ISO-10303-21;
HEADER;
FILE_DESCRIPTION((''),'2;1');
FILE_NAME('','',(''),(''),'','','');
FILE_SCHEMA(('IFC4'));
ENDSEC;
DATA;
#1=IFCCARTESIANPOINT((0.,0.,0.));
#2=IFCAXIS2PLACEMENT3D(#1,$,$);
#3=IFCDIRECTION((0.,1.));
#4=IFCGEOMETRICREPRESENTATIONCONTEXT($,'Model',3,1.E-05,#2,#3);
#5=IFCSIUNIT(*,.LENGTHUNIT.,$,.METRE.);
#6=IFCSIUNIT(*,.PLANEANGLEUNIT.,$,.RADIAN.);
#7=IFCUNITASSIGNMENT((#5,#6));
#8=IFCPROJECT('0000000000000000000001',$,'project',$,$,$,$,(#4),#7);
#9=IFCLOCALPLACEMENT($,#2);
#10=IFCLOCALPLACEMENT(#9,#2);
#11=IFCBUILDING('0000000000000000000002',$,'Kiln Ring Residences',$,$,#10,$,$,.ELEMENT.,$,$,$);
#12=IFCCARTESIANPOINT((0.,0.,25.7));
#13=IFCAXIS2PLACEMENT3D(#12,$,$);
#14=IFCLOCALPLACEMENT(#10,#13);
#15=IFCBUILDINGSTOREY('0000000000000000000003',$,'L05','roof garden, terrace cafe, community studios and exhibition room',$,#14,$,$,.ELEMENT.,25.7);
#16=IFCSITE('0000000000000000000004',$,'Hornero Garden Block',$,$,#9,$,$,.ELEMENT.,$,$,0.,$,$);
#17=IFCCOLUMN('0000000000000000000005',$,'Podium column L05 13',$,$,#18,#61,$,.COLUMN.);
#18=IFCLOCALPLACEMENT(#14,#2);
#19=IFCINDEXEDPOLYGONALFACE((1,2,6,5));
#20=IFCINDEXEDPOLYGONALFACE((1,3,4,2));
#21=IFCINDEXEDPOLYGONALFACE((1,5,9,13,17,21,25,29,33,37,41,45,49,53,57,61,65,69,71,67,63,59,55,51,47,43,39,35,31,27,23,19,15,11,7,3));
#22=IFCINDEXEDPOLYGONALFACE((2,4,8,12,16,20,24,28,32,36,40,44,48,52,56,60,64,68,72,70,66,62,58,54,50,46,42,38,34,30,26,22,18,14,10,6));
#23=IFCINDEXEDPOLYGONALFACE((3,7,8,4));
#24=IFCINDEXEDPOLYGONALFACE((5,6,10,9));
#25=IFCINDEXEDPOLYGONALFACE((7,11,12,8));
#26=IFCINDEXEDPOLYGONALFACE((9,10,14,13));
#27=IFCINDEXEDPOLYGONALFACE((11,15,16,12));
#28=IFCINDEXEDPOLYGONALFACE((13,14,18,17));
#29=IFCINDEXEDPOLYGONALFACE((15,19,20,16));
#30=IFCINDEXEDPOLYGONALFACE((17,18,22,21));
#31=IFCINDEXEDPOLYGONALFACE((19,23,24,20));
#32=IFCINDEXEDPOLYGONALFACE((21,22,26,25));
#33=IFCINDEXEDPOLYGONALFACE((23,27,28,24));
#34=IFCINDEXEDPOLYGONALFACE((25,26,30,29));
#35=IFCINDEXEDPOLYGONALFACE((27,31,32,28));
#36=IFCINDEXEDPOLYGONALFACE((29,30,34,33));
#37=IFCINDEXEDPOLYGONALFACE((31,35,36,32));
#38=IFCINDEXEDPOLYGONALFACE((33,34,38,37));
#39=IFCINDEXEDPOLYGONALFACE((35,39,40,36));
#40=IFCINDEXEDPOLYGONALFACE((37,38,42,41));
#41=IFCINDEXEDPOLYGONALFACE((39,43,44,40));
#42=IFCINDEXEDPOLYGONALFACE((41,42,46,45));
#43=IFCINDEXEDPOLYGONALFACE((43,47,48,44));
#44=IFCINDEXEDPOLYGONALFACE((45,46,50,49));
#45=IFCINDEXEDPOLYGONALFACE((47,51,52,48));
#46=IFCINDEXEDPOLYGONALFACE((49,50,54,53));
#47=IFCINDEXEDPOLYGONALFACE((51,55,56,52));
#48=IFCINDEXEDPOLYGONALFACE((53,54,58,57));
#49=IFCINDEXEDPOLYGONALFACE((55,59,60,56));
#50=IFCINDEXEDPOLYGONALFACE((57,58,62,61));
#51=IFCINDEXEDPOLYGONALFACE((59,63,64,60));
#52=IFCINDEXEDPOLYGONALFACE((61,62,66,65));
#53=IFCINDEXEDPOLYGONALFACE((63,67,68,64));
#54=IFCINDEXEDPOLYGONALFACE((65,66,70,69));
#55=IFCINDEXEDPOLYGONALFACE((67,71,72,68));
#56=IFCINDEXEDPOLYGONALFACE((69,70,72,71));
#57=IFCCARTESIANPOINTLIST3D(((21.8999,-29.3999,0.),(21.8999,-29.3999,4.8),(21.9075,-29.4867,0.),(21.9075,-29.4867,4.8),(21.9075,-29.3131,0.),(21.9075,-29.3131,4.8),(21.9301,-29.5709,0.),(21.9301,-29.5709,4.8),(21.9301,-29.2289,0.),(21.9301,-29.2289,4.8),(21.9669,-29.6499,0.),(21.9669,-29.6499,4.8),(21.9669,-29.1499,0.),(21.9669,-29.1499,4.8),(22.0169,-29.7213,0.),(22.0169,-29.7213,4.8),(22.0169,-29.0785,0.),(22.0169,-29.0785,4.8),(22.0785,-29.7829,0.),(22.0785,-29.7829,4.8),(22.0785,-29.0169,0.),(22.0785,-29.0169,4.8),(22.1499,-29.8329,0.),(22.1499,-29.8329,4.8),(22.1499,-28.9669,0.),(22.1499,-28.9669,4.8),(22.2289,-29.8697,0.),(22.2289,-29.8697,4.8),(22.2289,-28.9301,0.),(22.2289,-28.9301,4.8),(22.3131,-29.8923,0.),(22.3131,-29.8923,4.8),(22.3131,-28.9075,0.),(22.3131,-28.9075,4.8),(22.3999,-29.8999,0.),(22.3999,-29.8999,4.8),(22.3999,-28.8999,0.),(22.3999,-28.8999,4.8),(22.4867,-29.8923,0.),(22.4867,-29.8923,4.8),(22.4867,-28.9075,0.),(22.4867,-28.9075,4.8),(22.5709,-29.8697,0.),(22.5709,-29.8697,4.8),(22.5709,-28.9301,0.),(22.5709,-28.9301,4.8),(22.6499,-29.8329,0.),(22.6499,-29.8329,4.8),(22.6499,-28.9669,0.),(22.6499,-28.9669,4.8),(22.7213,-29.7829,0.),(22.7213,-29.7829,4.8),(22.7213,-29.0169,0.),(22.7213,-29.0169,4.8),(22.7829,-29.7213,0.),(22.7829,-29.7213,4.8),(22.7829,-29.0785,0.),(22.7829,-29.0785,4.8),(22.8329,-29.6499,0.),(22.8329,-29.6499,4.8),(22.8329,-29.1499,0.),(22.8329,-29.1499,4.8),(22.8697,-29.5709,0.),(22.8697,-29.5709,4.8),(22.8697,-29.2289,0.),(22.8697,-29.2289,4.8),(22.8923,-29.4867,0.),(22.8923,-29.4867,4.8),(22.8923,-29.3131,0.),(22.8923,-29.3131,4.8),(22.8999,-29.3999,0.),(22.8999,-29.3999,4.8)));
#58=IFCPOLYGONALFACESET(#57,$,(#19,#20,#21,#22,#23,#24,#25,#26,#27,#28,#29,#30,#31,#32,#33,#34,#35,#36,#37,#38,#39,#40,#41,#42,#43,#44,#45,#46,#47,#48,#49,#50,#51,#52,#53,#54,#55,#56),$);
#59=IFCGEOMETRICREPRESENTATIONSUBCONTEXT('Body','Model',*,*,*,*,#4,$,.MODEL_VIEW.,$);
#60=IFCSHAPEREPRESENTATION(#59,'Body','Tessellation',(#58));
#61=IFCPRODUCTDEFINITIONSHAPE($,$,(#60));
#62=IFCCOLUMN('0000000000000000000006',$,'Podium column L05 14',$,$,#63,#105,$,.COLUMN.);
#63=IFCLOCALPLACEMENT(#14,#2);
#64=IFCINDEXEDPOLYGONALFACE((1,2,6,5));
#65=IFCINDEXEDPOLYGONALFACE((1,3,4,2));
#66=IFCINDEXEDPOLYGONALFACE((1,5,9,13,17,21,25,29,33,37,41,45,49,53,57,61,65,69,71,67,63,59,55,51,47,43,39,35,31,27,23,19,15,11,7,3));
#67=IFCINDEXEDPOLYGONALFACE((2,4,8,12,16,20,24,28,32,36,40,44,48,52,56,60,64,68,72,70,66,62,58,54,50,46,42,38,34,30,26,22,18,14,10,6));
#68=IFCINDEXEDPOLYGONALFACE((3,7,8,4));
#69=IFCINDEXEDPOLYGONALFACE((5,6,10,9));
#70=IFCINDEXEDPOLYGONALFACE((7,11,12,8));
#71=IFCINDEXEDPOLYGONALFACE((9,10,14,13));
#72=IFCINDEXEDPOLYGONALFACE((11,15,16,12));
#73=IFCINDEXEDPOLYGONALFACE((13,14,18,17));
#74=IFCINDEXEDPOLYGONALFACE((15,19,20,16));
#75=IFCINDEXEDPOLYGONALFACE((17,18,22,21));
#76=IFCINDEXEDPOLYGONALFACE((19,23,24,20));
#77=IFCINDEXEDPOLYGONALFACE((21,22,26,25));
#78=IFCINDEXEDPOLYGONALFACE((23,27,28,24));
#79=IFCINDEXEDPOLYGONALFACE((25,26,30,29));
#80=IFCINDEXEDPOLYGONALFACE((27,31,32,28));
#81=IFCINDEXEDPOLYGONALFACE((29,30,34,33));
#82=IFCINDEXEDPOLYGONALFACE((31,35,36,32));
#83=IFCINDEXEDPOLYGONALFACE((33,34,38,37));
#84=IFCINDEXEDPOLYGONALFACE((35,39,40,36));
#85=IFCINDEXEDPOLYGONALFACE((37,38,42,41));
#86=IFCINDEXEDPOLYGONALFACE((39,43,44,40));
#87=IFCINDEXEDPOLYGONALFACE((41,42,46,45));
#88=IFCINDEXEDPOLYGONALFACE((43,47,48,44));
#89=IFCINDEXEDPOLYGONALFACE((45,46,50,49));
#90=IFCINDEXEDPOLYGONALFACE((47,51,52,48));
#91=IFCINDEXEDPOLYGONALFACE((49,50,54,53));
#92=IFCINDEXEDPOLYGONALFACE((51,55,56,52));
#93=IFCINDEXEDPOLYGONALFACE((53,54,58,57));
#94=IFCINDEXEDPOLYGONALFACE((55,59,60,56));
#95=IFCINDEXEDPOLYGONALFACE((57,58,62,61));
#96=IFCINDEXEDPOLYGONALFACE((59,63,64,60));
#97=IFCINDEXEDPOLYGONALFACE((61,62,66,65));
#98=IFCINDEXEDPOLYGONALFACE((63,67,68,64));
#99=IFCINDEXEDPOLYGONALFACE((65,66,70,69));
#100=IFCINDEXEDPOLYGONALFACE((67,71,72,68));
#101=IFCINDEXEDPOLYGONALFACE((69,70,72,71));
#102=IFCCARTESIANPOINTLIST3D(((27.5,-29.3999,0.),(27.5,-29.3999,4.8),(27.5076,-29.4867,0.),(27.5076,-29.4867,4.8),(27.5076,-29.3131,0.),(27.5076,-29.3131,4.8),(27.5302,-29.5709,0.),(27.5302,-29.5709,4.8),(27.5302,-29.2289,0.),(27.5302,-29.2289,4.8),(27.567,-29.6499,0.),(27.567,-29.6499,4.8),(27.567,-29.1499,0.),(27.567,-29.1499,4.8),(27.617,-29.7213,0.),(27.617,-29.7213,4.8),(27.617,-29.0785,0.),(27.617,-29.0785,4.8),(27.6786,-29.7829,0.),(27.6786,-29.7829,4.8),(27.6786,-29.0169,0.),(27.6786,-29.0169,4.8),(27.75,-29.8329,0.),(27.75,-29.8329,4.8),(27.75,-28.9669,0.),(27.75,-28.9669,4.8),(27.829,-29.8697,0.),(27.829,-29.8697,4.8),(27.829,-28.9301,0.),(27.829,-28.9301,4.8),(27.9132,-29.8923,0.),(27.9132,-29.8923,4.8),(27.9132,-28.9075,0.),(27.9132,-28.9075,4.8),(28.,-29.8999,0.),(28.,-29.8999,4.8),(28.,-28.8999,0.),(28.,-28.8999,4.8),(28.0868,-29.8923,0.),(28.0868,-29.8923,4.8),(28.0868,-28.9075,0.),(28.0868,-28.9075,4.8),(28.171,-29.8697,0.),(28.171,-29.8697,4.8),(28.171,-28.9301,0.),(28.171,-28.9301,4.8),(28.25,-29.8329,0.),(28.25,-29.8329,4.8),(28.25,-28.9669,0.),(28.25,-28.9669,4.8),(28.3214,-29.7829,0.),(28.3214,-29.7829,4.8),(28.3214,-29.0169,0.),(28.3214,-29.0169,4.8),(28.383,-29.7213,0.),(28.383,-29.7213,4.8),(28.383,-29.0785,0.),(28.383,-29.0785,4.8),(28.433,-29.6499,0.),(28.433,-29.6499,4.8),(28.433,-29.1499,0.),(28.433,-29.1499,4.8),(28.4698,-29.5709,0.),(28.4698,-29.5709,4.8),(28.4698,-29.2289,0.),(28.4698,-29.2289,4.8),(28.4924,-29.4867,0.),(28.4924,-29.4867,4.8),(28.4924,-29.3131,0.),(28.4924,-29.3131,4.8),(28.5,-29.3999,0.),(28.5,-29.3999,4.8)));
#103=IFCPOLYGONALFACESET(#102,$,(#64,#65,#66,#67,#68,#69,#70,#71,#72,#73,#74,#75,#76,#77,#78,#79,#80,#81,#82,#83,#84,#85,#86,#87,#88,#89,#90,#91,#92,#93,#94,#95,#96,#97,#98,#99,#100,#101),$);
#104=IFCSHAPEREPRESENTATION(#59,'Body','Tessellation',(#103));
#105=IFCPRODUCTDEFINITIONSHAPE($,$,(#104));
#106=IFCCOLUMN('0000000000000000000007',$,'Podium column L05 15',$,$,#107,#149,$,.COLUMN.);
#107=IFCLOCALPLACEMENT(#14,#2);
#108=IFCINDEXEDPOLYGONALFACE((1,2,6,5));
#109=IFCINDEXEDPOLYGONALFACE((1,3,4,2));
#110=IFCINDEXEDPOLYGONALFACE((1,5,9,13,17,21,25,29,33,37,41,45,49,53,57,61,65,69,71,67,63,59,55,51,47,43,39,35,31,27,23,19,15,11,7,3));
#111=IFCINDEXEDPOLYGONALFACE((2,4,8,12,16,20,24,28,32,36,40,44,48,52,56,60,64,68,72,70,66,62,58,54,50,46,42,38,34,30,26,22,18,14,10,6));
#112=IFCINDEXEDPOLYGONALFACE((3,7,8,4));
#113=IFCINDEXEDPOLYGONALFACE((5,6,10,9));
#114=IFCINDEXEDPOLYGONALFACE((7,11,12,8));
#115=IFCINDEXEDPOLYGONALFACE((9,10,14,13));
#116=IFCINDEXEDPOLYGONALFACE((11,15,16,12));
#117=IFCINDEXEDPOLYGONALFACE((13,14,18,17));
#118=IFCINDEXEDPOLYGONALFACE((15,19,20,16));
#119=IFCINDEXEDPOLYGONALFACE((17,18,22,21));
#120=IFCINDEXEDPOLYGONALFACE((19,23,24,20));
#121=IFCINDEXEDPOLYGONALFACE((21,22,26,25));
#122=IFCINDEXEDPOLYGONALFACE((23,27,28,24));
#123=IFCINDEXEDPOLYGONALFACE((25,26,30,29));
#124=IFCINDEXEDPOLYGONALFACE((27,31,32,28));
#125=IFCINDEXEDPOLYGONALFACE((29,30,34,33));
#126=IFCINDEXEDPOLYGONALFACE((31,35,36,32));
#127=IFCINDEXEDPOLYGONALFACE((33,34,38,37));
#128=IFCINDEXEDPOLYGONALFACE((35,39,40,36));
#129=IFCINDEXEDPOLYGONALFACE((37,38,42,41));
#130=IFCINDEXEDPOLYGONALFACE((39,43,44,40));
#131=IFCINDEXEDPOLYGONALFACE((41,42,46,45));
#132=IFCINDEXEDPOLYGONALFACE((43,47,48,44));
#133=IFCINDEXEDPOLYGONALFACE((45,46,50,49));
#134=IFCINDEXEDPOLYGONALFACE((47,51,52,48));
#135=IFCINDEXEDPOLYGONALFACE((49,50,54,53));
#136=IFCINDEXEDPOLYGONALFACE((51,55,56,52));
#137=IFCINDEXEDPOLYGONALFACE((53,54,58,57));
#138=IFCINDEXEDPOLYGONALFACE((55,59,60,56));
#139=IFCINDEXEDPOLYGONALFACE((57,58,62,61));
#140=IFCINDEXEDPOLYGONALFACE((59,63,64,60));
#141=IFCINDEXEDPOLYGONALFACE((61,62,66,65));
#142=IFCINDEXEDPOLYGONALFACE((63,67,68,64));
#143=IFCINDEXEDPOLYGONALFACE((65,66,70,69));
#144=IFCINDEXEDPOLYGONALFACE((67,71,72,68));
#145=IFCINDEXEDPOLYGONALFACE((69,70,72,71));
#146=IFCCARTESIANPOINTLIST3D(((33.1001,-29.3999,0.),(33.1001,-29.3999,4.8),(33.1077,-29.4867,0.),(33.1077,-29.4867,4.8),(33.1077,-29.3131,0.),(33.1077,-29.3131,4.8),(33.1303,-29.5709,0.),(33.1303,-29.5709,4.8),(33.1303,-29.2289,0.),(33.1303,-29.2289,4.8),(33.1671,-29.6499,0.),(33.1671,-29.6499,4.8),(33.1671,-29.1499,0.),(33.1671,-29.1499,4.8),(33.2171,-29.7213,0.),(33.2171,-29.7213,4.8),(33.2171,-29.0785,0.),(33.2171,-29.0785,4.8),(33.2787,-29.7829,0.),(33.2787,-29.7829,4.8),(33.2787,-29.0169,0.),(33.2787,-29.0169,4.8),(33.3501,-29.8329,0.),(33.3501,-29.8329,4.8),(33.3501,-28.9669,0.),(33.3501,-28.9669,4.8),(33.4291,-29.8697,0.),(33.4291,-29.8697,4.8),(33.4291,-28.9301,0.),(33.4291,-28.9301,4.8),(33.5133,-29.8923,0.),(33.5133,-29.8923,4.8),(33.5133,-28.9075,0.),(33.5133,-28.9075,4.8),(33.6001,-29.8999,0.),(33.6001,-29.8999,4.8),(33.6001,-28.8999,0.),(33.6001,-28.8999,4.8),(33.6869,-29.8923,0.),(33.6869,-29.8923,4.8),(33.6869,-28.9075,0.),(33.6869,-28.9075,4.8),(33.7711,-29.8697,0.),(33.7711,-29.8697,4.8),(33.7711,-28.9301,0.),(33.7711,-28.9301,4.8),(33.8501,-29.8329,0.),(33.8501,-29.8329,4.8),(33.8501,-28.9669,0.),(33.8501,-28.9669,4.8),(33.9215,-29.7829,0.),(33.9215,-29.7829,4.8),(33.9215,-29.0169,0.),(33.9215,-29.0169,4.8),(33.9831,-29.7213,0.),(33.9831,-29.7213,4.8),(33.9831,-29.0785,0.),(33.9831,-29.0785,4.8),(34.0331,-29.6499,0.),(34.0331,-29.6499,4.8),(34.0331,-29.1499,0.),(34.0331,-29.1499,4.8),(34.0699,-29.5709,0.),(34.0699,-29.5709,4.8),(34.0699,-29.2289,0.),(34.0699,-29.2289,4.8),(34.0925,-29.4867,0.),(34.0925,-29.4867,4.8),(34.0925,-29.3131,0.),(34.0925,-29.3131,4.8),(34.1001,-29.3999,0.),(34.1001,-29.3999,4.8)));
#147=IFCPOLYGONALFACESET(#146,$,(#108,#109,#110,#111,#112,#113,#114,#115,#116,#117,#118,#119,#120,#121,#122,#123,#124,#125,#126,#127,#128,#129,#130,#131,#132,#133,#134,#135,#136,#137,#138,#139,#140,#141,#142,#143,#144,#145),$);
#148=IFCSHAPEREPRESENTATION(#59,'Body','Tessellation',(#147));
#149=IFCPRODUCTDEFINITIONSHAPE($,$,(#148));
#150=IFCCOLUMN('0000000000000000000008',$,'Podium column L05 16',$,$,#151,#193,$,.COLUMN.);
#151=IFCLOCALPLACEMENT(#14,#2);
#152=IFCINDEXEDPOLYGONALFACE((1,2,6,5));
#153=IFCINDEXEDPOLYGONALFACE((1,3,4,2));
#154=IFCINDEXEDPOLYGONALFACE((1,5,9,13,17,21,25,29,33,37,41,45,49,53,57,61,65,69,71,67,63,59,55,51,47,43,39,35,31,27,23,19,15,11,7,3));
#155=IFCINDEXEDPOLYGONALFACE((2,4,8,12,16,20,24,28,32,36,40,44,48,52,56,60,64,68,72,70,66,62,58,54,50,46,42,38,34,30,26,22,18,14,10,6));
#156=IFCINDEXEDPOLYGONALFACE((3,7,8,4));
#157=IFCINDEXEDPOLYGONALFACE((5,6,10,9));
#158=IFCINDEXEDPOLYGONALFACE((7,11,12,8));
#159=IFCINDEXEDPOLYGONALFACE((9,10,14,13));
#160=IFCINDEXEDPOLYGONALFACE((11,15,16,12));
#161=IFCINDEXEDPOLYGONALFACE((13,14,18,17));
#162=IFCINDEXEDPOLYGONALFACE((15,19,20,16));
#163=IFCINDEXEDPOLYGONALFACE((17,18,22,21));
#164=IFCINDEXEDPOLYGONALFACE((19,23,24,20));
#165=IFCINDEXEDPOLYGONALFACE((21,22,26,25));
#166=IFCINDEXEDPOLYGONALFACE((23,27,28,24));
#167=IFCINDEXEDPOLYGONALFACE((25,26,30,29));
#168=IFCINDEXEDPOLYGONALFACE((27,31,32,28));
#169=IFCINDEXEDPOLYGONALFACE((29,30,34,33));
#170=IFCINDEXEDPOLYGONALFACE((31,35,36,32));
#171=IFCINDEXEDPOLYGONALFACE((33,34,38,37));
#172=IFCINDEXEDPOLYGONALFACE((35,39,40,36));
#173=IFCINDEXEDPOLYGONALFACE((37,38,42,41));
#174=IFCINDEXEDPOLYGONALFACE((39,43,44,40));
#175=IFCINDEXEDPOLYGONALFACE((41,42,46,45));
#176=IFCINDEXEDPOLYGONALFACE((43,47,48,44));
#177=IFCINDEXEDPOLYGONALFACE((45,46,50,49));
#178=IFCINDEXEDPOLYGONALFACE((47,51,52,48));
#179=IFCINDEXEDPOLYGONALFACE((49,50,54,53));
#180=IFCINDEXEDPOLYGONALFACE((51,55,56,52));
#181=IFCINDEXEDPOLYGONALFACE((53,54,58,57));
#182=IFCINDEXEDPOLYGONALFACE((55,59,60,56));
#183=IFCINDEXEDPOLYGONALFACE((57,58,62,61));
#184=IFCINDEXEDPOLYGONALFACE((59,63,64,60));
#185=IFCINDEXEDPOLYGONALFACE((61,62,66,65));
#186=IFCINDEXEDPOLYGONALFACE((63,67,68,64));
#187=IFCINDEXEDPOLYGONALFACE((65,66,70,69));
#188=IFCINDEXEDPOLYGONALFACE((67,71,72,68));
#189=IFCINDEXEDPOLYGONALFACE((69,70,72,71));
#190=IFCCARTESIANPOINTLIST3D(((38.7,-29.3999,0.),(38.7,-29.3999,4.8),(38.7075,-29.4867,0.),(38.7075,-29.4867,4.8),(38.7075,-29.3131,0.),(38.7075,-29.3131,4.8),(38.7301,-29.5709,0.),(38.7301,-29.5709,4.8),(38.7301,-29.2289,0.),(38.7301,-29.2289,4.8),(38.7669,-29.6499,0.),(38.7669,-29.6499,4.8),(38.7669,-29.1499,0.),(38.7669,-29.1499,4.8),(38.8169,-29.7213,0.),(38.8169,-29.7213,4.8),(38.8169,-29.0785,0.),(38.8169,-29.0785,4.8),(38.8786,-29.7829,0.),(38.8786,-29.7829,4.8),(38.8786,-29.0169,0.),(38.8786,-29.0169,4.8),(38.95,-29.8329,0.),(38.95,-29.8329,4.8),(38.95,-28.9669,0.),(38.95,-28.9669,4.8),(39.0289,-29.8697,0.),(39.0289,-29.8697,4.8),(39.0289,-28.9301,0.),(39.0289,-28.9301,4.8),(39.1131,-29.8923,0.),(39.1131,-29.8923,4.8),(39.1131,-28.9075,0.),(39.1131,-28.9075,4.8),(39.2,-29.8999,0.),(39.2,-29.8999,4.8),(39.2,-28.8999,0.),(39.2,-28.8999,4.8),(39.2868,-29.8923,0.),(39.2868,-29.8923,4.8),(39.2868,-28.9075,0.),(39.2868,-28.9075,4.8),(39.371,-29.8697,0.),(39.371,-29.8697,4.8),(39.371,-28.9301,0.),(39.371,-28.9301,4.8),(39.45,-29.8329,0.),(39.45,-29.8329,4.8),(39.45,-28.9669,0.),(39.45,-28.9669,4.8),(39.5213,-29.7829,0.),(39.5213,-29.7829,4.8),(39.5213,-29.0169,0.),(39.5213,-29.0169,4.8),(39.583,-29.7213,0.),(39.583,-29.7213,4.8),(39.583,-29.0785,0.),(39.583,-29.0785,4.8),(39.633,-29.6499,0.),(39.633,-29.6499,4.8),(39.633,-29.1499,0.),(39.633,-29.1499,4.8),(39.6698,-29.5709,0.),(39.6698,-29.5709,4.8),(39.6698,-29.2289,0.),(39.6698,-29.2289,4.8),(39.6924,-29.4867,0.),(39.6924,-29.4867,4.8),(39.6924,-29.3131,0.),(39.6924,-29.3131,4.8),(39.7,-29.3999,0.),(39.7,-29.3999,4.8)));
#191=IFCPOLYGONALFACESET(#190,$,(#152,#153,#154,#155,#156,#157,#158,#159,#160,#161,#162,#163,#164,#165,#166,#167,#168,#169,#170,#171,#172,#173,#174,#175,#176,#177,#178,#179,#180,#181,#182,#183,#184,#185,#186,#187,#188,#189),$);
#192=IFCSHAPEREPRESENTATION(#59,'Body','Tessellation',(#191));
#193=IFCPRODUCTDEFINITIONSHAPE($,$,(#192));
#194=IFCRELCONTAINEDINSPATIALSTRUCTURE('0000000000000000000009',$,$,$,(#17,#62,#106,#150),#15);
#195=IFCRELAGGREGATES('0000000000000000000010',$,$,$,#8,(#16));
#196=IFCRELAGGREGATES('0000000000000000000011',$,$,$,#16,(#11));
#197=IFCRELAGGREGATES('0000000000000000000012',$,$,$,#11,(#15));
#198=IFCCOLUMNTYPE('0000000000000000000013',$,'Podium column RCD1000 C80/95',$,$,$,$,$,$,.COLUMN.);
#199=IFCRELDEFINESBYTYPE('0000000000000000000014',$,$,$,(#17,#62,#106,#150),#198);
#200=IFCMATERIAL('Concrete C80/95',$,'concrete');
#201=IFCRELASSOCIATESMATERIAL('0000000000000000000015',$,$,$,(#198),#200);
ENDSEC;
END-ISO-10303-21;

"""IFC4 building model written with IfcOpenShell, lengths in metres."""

from ifc_helpers import new_model, si_unit, direction, frame, origin, origin_2d, place, context, subcontext, project, spatial, circle, extrude, material, material_profile, profile_set, type_object, element, save


model = new_model("IFC4")

# Units and contexts
model_context = context("Model", 3, precision=1e-05, world=origin(), true_north=direction((0.0, 1.0)))
body_context = subcontext(model_context, "Body", "Model", "MODEL_VIEW")
ifc_project = project(units=[si_unit("LENGTHUNIT", "METRE"), si_unit("PLANEANGLEUNIT", "RADIAN")], contexts=[model_context])

# Site, building, storey
site_placement = place(None, origin())
site = spatial("IfcSite", under=ifc_project, at=site_placement, Name="Hornero Garden Block", CompositionType="ELEMENT", RefElevation=0.0)
building_placement = place(site_placement, origin())
building = spatial("IfcBuilding", under=site, at=building_placement, Name="Kiln Ring Residences", CompositionType="ELEMENT")
storey_placement = place(building_placement, frame((0.0, 0.0, 25.7)))
storey = spatial("IfcBuildingStorey", under=building, at=storey_placement, Name="L05", Description="roof garden, terrace cafe, community studios and exhibition room", CompositionType="ELEMENT", Elevation=25.7)

# Columns
ifc_material_1 = material(Name="Concrete C80/95", Category="concrete")
ifc_material_profile = material_profile(ifc_material_1, circle(Radius=0.5, at=origin_2d()), Name="RCD1000")
ifc_profile_set = profile_set([ifc_material_profile], Name="Concrete C80/95")
column_type = type_object("IfcColumnType", Name="Podium column RCD1000 C80/95", PredefinedType="COLUMN", material=ifc_profile_set)
for number, where, z_axis, x_axis, name in (
    (1, (22.3999, -29.3999, 0.0), (0.0, 0.0, 1.0), (1.0, 0.0, 0.0), "Podium column L05 13"),
    (2, (28.0, -29.3999, 0.0), (0.0, 0.0, 1.0), (1.0, 0.0, 0.0), "Podium column L05 14"),
    (3, (33.6001, -29.3999, 0.0), (0.0, 0.0, 1.0), (1.0, 0.0, 0.0), "Podium column L05 15"),
    (4, (39.2, -29.3999, 0.0), (0.0, 0.0, 1.0), (1.0, 0.0, 0.0), "Podium column L05 16"),
):
    element("IfcColumn", number, at=place(storey_placement, frame(where, z_axis=z_axis, x_axis=x_axis)), inside=storey, type_object=column_type, Name=name, PredefinedType="COLUMN", context=body_context, shape_type="SweptSolid", body=[
        extrude(circle(Radius=0.5, at=origin_2d()), origin(), (0.0, 0.0, 1.0), 4.8),
    ])

save(model, "model.ifc")
